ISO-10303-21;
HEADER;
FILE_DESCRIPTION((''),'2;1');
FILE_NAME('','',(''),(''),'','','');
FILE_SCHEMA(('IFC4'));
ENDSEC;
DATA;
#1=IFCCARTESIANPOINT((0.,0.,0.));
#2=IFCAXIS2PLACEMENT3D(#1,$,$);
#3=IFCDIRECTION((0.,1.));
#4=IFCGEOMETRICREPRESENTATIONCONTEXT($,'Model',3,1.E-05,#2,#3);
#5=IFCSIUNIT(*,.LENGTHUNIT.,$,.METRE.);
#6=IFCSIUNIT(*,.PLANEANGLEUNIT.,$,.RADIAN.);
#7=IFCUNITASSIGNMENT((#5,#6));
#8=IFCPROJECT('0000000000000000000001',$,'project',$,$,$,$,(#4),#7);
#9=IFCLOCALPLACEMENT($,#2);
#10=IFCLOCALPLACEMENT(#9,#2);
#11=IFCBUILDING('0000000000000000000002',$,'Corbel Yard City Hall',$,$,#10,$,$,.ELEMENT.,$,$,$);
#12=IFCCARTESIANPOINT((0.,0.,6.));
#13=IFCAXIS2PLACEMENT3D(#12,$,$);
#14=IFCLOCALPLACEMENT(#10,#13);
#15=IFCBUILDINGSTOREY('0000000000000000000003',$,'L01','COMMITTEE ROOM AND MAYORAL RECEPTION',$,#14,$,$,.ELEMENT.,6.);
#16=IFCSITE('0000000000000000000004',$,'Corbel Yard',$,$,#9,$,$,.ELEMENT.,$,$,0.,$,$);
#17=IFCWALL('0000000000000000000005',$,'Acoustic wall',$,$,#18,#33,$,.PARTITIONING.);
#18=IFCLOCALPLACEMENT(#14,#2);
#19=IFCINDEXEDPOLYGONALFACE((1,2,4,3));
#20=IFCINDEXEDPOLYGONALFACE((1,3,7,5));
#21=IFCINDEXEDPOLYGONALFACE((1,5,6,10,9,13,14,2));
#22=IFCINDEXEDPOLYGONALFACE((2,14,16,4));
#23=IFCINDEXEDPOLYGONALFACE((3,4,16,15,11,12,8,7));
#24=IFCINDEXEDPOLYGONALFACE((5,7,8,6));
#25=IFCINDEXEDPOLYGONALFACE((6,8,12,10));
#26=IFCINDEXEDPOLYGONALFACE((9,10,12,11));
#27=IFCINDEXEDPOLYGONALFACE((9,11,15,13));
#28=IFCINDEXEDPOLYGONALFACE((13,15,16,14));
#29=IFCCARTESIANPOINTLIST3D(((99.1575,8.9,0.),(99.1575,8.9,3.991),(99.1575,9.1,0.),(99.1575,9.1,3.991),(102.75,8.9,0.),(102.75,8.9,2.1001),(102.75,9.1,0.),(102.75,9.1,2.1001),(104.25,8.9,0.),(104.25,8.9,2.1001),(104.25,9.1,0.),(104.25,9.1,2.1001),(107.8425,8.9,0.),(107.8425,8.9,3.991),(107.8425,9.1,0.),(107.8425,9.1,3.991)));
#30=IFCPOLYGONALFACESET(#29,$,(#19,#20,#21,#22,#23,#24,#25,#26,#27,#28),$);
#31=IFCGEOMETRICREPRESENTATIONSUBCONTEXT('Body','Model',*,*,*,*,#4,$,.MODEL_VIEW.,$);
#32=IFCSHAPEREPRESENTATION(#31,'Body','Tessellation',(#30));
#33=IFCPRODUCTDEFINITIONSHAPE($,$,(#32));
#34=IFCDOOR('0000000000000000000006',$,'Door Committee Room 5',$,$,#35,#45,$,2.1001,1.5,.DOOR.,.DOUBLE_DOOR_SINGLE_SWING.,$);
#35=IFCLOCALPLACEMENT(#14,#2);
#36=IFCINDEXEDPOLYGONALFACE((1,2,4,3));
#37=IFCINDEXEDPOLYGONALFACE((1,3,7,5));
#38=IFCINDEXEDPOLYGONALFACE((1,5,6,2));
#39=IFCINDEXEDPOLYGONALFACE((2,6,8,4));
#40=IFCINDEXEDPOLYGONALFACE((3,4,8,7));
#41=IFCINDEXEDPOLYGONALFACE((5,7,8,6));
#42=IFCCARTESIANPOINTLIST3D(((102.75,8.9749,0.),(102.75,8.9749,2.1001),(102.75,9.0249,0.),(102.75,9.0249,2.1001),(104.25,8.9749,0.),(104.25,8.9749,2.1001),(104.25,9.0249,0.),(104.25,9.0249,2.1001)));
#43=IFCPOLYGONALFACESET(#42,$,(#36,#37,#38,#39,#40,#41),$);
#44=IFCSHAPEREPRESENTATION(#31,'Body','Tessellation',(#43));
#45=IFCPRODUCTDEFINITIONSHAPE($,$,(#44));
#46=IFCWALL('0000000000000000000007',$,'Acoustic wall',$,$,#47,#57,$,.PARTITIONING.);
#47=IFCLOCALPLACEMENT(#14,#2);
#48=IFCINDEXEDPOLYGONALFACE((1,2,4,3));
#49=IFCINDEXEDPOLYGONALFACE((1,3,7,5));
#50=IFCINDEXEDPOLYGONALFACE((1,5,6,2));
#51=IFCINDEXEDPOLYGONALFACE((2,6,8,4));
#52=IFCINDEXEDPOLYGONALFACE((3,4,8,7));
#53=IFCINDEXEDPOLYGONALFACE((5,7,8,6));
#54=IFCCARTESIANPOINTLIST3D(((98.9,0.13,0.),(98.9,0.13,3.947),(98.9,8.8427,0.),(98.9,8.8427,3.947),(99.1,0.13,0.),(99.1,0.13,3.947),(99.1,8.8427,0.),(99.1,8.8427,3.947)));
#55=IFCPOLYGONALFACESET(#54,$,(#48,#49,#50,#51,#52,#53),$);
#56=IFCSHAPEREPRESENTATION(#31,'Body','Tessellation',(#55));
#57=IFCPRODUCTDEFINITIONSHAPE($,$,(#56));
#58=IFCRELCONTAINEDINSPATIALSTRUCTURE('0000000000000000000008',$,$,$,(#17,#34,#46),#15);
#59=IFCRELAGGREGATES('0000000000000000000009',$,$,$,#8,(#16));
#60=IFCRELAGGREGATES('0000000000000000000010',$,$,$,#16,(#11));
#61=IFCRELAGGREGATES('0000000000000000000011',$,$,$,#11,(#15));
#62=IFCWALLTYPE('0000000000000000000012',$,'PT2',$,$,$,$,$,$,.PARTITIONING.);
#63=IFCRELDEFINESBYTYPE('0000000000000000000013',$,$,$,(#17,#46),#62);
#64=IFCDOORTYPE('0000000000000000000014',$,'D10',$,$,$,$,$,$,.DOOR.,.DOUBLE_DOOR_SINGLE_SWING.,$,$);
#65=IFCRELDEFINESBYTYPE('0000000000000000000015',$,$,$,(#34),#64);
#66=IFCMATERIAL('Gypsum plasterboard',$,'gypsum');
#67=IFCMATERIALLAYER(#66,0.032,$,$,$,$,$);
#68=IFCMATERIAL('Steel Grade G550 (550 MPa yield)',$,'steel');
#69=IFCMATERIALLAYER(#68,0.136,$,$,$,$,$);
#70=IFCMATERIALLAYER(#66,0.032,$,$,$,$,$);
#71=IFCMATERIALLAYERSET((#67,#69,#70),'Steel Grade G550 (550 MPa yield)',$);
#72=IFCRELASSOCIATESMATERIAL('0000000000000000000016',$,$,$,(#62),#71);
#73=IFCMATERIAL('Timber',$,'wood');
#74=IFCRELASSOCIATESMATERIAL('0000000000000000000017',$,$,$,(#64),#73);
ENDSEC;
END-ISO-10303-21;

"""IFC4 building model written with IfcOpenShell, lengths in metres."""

from ifc_helpers import new_model, si_unit, direction, frame, frame_2d, origin, place, context, subcontext, project, spatial, rectangle, extrude, material, layer, layer_set, type_object, element, fill, save


model = new_model("IFC4")

# Units and contexts
model_context = context("Model", 3, precision=1e-05, world=origin(), true_north=direction((0.0, 1.0)))
body_context = subcontext(model_context, "Body", "Model", "MODEL_VIEW")
ifc_project = project(units=[si_unit("LENGTHUNIT", "METRE"), si_unit("PLANEANGLEUNIT", "RADIAN")], contexts=[model_context])

# Site, building, storey
site_placement = place(None, origin())
site = spatial("IfcSite", under=ifc_project, at=site_placement, Name="Corbel Yard", CompositionType="ELEMENT", RefElevation=0.0)
building_placement = place(site_placement, origin())
building = spatial("IfcBuilding", under=site, at=building_placement, Name="Corbel Yard City Hall", CompositionType="ELEMENT")
storey_placement = place(building_placement, frame((0.0, 0.0, 6.0)))
storey = spatial("IfcBuildingStorey", under=building, at=storey_placement, Name="L01", Description="COMMITTEE ROOM AND MAYORAL RECEPTION", CompositionType="ELEMENT", Elevation=6.0)

# Shared definitions
ifc_material_1 = material(Name="Gypsum plasterboard", Category="gypsum")

# Wall, opening, door
ifc_layer_1 = layer(ifc_material_1, 0.032)
ifc_material_2 = material(Name="Steel Grade G550 (550 MPa yield)", Category="steel")
ifc_layer_2 = layer(ifc_material_2, 0.136)
ifc_layer_3 = layer(ifc_material_1, 0.032)
ifc_layer_set_1 = layer_set([ifc_layer_1, ifc_layer_2, ifc_layer_3], Name="Steel Grade G550 (550 MPa yield)")
wall_type_1 = type_object("IfcWallType", Name="PT2", PredefinedType="PARTITIONING", material=ifc_layer_set_1)
ifc_material_3 = material(Name="Timber", Category="wood")
door_type = type_object("IfcDoorType", Name="D10", OperationType="DOUBLE_DOOR_SINGLE_SWING", PredefinedType="DOOR", material=ifc_material_3)
wall_1_placement = place(storey_placement, frame((99.1575, 9.0, 0.0), z_axis=(0.0, 0.0, 1.0), x_axis=(1.0, 0.0, 0.0)))
wall_1 = element("IfcWall", 1, at=wall_1_placement, inside=storey, type_object=wall_type_1, Name="Acoustic wall", PredefinedType="PARTITIONING", context=body_context, shape_type="SweptSolid", body=[
    extrude(rectangle(XDim=8.6851, YDim=0.2, at=frame_2d((4.3425, 0.0))), origin(), (0.0, 0.0, 1.0), 3.991),
])
opening_1_placement = place(wall_1_placement, frame((3.5925, 0.0, 0.0)))
opening_1 = element("IfcOpeningElement", 2, at=opening_1_placement, cuts=wall_1, PredefinedType="OPENING", context=body_context, shape_type="SweptSolid", body=[
    extrude(rectangle(XDim=1.5, YDim=2.1001, at=frame_2d((0.75, 1.05))), frame((0.0, 0.1099, 0.0), z_axis=(0.0, -1.0, 0.0), x_axis=(1.0, 0.0, 0.0)), (0.0, 0.0, 1.0), 0.22),
])
door_1_placement = place(opening_1_placement, origin())
door_1 = element("IfcDoor", 3, at=door_1_placement, inside=storey, type_object=door_type, Name="Door Committee Room 5", OperationType="DOUBLE_DOOR_SINGLE_SWING", OverallHeight=2.1001, OverallWidth=1.5, PredefinedType="DOOR", context=body_context, shape_type="SweptSolid", body=[
    extrude(rectangle(XDim=1.5, YDim=2.1001, at=frame_2d((0.75, 1.05))), frame((0.0, 0.0249, 0.0), z_axis=(0.0, -1.0, 0.0), x_axis=(1.0, 0.0, 0.0)), (0.0, 0.0, 1.0), 0.05),
])
fill(opening_1, door_1)

# Wall
wall_2_placement = place(storey_placement, frame((99.0, 0.1299, 0.0), z_axis=(0.0, 0.0, 1.0), x_axis=(0.0, 1.0, 0.0)))
element("IfcWall", 4, at=wall_2_placement, inside=storey, type_object=wall_type_1, Name="Acoustic wall", PredefinedType="PARTITIONING", context=body_context, shape_type="SweptSolid", body=[
    extrude(rectangle(XDim=8.7126, YDim=0.2, at=frame_2d((4.3564, 0.0))), origin(), (0.0, 0.0, 1.0), 3.947),
])

save(model, "model.ifc")
